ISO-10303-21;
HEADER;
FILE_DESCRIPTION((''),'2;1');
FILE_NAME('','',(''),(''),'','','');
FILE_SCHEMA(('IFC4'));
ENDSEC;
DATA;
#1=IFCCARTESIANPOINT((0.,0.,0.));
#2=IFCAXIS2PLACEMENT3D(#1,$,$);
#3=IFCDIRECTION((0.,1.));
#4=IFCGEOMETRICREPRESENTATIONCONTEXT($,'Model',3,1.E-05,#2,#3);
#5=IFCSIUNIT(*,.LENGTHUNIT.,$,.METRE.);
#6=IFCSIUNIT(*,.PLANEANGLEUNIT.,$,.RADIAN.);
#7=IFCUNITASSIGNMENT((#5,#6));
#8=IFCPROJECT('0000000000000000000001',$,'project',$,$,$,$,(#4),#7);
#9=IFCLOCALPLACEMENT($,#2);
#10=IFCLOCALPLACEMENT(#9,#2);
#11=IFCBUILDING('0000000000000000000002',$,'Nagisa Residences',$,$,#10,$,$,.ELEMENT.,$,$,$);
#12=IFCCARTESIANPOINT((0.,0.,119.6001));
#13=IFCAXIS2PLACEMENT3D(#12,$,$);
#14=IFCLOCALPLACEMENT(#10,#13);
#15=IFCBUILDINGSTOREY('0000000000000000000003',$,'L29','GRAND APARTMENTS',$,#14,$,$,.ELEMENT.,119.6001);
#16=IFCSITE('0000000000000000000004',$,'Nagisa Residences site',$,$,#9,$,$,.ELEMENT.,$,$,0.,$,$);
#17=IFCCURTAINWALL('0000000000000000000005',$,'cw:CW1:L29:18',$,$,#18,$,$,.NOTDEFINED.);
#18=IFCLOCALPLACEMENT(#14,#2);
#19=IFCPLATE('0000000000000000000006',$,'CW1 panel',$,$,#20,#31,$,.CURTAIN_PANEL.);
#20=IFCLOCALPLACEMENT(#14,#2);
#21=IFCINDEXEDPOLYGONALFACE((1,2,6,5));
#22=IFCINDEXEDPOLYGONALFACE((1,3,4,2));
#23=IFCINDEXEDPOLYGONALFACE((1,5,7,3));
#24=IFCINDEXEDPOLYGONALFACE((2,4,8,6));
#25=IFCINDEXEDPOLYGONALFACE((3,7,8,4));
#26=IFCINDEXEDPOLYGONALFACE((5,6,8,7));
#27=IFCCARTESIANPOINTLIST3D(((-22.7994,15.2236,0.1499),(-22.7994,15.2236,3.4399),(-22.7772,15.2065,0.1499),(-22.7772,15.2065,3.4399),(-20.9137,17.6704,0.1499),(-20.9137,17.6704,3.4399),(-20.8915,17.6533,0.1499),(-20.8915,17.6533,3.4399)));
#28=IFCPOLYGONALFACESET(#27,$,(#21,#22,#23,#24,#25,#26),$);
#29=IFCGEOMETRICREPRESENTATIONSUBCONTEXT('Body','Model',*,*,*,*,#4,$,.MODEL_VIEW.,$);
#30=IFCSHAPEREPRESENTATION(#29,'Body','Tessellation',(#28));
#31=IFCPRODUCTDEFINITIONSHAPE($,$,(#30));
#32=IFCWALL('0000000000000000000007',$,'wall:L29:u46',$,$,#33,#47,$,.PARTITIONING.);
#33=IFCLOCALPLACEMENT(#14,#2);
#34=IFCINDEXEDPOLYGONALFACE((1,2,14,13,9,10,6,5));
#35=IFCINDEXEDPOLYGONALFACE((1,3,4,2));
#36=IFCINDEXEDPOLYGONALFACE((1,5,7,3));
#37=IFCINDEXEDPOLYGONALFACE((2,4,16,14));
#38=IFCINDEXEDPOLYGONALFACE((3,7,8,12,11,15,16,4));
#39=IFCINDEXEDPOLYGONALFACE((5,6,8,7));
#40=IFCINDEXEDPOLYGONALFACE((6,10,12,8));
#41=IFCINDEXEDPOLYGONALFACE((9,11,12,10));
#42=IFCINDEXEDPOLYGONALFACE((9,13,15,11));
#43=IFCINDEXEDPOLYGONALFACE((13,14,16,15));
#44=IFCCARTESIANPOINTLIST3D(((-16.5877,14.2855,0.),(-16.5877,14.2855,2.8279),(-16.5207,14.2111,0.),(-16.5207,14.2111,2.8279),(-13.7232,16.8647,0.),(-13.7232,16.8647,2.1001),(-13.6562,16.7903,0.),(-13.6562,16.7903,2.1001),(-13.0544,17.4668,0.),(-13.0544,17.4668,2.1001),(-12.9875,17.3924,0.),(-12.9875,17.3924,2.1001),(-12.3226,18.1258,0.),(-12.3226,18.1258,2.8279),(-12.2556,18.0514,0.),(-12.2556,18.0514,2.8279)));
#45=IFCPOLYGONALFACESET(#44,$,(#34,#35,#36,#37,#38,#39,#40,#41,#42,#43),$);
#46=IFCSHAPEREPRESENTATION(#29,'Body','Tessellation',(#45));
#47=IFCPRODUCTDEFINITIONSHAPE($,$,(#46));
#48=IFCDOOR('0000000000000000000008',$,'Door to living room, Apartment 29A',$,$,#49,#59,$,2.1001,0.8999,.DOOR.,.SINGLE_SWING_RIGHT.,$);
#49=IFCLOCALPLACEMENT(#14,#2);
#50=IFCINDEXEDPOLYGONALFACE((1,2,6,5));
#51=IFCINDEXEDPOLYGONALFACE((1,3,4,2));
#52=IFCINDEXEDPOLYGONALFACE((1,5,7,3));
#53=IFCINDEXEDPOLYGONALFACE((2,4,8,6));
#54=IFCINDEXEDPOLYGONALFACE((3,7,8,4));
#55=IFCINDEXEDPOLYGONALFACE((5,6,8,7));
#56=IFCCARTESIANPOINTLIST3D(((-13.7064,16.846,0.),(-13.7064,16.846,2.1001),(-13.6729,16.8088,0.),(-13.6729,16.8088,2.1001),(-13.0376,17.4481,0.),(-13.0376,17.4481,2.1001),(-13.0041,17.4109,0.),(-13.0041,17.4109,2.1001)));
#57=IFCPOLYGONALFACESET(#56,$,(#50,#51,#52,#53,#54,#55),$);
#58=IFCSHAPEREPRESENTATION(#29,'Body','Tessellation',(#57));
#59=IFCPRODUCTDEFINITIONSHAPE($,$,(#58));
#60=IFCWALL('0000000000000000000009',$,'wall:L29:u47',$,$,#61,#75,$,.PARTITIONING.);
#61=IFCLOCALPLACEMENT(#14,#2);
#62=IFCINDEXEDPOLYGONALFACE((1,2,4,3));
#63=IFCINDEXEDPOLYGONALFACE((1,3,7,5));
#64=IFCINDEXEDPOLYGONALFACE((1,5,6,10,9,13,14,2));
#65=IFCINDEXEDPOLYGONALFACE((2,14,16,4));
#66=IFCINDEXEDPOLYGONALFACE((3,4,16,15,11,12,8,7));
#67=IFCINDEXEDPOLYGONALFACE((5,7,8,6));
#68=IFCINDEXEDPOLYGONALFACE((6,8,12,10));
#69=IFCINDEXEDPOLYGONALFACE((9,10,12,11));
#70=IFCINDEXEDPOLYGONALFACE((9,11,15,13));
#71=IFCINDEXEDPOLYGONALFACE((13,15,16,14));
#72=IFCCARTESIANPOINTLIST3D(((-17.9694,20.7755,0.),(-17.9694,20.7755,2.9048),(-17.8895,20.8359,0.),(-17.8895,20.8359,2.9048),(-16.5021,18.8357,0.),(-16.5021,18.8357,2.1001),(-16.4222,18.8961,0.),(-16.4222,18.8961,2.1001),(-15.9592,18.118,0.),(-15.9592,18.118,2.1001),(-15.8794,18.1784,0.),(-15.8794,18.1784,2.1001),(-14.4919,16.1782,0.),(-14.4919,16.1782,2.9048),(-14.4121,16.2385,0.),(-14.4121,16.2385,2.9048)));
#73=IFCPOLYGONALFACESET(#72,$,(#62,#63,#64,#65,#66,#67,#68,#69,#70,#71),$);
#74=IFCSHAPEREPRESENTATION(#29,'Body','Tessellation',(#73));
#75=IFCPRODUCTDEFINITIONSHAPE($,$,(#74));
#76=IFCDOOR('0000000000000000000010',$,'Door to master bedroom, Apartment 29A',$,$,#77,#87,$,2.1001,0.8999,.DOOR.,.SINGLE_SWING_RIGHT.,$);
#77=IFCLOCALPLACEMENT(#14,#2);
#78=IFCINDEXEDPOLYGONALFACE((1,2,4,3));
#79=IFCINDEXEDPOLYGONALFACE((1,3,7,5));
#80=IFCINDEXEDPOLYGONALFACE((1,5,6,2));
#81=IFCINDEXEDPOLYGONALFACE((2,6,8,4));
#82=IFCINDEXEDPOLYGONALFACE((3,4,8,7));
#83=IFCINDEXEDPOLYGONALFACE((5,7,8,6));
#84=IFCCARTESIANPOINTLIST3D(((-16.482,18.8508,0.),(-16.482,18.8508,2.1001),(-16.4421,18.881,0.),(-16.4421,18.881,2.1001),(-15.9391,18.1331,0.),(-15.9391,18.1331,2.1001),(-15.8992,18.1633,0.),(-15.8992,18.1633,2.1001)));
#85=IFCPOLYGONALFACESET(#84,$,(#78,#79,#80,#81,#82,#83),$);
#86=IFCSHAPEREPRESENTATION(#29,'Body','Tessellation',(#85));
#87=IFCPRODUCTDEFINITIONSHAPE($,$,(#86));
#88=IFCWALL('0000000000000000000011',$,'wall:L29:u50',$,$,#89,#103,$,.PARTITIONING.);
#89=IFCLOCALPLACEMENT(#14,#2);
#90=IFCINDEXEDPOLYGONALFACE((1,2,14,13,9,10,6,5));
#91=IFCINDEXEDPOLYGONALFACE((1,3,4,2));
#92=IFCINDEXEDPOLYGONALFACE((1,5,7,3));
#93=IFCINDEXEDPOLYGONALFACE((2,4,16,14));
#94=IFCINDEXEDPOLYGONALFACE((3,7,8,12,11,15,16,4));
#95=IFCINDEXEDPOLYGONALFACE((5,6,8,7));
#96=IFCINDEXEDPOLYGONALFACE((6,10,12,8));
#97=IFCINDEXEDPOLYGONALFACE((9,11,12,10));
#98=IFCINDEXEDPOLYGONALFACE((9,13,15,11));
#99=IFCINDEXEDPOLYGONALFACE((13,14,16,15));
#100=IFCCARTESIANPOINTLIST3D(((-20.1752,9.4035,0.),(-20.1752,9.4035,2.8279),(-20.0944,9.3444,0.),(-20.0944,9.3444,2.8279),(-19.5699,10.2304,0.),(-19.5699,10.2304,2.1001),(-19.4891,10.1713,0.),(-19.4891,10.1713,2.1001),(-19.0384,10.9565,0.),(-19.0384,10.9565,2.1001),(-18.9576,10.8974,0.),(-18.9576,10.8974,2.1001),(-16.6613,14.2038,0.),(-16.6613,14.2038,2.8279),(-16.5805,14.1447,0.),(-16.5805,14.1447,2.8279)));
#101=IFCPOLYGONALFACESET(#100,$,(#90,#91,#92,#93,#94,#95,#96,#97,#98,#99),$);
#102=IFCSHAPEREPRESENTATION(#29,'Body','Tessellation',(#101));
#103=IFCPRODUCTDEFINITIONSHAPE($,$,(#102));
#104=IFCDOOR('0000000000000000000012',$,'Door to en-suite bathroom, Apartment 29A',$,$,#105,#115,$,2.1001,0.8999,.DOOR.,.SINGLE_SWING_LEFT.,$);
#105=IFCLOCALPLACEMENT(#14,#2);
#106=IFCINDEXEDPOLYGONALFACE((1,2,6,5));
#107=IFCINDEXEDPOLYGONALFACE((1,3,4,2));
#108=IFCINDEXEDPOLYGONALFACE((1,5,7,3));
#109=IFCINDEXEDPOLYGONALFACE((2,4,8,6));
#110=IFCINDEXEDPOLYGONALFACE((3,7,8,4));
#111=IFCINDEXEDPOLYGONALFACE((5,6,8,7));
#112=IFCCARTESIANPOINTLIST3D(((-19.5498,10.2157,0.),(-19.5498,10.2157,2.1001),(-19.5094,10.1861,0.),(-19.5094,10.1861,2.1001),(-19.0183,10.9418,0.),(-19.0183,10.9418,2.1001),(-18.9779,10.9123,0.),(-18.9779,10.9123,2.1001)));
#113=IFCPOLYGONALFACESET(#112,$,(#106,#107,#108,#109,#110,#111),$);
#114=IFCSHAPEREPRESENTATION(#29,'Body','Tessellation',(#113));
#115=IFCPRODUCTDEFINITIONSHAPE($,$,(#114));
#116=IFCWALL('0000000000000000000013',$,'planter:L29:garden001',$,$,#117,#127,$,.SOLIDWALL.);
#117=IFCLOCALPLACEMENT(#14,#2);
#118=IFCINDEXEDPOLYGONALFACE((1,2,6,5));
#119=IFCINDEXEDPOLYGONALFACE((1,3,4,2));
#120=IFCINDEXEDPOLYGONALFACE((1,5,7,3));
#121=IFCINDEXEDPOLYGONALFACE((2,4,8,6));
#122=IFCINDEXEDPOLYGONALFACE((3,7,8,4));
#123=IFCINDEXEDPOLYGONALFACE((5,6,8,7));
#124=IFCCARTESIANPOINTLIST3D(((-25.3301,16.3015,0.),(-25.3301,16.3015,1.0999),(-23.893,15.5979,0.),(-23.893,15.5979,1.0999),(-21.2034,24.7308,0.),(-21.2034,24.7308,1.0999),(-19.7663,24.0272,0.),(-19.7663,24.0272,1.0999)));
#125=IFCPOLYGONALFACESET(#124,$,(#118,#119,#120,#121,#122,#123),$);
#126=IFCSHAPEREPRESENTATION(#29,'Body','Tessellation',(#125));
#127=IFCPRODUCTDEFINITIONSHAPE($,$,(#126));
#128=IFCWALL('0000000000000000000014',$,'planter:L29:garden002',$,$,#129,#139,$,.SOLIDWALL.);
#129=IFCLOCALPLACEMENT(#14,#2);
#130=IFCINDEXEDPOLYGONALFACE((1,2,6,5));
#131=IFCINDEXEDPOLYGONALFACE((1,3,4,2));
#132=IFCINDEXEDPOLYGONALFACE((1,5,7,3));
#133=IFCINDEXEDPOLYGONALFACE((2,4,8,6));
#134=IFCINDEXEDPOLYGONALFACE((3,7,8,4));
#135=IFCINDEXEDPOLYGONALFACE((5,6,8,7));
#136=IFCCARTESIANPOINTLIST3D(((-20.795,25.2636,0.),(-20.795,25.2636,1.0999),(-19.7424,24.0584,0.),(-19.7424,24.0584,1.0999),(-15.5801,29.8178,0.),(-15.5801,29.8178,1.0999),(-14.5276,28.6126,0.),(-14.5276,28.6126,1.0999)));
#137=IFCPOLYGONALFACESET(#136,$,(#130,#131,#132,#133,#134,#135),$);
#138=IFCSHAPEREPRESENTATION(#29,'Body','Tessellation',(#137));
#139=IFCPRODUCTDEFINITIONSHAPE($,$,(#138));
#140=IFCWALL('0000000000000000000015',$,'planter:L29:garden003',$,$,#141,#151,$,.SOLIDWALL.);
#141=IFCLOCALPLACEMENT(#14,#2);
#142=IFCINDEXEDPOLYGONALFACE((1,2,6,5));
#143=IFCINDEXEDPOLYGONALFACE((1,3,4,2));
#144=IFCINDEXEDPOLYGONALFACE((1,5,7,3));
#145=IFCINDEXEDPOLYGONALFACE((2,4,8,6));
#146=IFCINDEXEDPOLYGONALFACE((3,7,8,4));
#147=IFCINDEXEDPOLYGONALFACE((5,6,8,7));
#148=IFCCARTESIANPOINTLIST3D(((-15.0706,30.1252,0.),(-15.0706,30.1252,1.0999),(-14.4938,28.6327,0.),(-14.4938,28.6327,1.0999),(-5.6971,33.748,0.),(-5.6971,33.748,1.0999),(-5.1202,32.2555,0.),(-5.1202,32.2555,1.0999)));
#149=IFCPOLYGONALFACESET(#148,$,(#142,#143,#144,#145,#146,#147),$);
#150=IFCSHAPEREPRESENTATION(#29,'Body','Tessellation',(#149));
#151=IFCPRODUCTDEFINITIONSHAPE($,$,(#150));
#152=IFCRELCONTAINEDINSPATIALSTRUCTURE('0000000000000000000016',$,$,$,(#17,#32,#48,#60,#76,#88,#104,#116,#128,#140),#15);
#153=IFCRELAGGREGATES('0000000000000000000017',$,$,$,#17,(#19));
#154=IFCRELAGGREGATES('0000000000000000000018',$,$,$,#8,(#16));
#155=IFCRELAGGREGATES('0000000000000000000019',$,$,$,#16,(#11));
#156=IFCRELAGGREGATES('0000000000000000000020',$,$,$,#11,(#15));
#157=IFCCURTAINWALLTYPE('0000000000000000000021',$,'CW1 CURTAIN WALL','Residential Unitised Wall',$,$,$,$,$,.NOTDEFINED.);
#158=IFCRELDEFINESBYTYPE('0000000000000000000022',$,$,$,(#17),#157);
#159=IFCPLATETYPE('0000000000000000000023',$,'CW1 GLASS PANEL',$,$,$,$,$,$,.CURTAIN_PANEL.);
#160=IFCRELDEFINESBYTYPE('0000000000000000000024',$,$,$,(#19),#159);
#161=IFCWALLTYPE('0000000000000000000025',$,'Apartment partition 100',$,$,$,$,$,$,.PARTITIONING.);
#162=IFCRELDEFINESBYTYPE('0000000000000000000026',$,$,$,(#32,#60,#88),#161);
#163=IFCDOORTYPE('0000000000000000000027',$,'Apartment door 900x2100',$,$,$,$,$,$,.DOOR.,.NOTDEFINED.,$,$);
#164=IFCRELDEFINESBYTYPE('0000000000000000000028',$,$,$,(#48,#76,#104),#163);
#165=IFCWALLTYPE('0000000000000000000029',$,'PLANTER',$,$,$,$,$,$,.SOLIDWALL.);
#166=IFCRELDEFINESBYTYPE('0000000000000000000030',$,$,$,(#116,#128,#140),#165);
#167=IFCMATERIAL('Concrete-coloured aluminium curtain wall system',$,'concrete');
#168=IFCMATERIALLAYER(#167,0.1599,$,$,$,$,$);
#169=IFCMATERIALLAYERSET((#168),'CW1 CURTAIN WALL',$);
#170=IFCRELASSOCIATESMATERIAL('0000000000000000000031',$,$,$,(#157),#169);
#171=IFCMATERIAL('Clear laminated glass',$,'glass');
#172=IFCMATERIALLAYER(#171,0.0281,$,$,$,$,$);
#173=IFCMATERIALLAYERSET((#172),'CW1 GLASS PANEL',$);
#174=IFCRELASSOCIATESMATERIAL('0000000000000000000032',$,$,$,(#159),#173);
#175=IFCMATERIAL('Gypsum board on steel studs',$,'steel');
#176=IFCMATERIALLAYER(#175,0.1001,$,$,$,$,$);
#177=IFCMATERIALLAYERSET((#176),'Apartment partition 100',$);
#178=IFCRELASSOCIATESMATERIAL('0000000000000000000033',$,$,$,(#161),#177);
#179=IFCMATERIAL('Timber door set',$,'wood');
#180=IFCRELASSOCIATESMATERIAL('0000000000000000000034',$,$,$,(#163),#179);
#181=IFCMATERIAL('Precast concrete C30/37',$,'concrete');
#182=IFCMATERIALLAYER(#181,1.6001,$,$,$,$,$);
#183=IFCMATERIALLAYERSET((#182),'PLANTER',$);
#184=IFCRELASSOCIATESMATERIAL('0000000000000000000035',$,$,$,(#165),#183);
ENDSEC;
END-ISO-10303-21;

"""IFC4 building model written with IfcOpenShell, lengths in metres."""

from ifc_helpers import new_model, si_unit, direction, frame, frame_2d, origin, origin_2d, place, context, subcontext, project, spatial, rectangle, extrude, material, layer, layer_set, type_object, element, fill, aggregate, save


model = new_model("IFC4")

# Units and contexts
model_context = context("Model", 3, precision=1e-05, world=origin(), true_north=direction((0.0, 1.0)))
body_context = subcontext(model_context, "Body", "Model", "MODEL_VIEW")
ifc_project = project(units=[si_unit("LENGTHUNIT", "METRE"), si_unit("PLANEANGLEUNIT", "RADIAN")], contexts=[model_context])

# Site, building, storey
site_placement = place(None, origin())
site = spatial("IfcSite", under=ifc_project, at=site_placement, Name="Nagisa Residences site", CompositionType="ELEMENT", RefElevation=0.0)
building_placement = place(site_placement, origin())
building = spatial("IfcBuilding", under=site, at=building_placement, Name="Nagisa Residences", CompositionType="ELEMENT")
storey_placement = place(building_placement, frame((0.0, 0.0, 119.6001)))
storey = spatial("IfcBuildingStorey", under=building, at=storey_placement, Name="L29", Description="GRAND APARTMENTS", CompositionType="ELEMENT", Elevation=119.6001)

# Curtain wall
ifc_material_1 = material(Name="Concrete-coloured aluminium curtain wall system", Category="concrete")
ifc_layer_1 = layer(ifc_material_1, 0.1599)
ifc_layer_set_1 = layer_set([ifc_layer_1], Name="CW1 CURTAIN WALL")
curtain_wall_type = type_object("IfcCurtainWallType", Name="CW1 CURTAIN WALL", Description="Residential Unitised Wall", PredefinedType="NOTDEFINED", material=ifc_layer_set_1)
curtain_wall_1_placement = place(storey_placement, origin())
curtain_wall_1 = element("IfcCurtainWall", 1, at=curtain_wall_1_placement, inside=storey, type_object=curtain_wall_type, Name="cw:CW1:L29:18", PredefinedType="NOTDEFINED")

# Plate
ifc_material_2 = material(Name="Clear laminated glass", Category="glass")
ifc_layer_2 = layer(ifc_material_2, 0.0281)
ifc_layer_set_2 = layer_set([ifc_layer_2], Name="CW1 GLASS PANEL")
plate_type = type_object("IfcPlateType", Name="CW1 GLASS PANEL", PredefinedType="CURTAIN_PANEL", material=ifc_layer_set_2)
plate_1_placement = place(storey_placement, frame((-21.8455, 16.4385, 0.1499), z_axis=(0.0, 0.0, 1.0), x_axis=(-0.61043, -0.79207, 0.0)))
plate_1 = element("IfcPlate", 2, at=plate_1_placement, type_object=plate_type, Name="CW1 panel", PredefinedType="CURTAIN_PANEL", context=body_context, shape_type="SweptSolid", body=[
    extrude(rectangle(XDim=3.0891, YDim=0.0281, at=origin_2d()), origin(), (0.0, 0.0, 1.0), 3.29),
])
aggregate(curtain_wall_1, [plate_1])

# Walls, openings, doors
ifc_material_3 = material(Name="Gypsum board on steel studs", Category="steel")
ifc_layer_3 = layer(ifc_material_3, 0.1001)
ifc_layer_set_3 = layer_set([ifc_layer_3], Name="Apartment partition 100")
wall_type_1 = type_object("IfcWallType", Name="Apartment partition 100", PredefinedType="PARTITIONING", material=ifc_layer_set_3)
wall_1_placement = place(storey_placement, frame((-12.2891, 18.0886, 0.0), z_axis=(0.0, 0.0, 1.0), x_axis=(-0.743146, -0.669129, 0.0)))
wall_1 = element("IfcWall", 3, at=wall_1_placement, inside=storey, type_object=wall_type_1, Name="wall:L29:u46", PredefinedType="PARTITIONING", context=body_context, shape_type="SweptSolid", body=[
    extrude(rectangle(XDim=5.7393, YDim=0.1001, at=frame_2d((2.8696, 0.0))), origin(), (0.0, 0.0, 1.0), 2.8279),
])
opening_1_placement = place(wall_1_placement, frame((0.9849, 0.0, 0.0)))
opening_1 = element("IfcOpeningElement", 4, at=opening_1_placement, cuts=wall_1, PredefinedType="OPENING", context=body_context, shape_type="SweptSolid", body=[
    extrude(rectangle(XDim=0.8999, YDim=2.1001, at=frame_2d((0.45, 1.05))), frame((0.0, 0.0601, 0.0), z_axis=(0.0, -1.0, 0.0), x_axis=(1.0, 0.0, 0.0)), (0.0, 0.0, 1.0), 0.1201),
])
ifc_material_4 = material(Name="Timber door set", Category="wood")
door_type_1 = type_object("IfcDoorType", Name="Apartment door 900x2100", OperationType="NOTDEFINED", PredefinedType="DOOR", material=ifc_material_4)
door_1_placement = place(opening_1_placement, frame((0.8999, 0.0, 0.0), x_axis=(-1.0, 0.0, 0.0)))
door_1 = element("IfcDoor", 5, at=door_1_placement, inside=storey, type_object=door_type_1, Name="Door to living room, Apartment 29A", OperationType="SINGLE_SWING_RIGHT", OverallHeight=2.1001, OverallWidth=0.8999, PredefinedType="DOOR", context=body_context, shape_type="SweptSolid", body=[
    extrude(rectangle(XDim=0.8999, YDim=2.1001, at=frame_2d((0.45, 1.05))), frame((0.0, 0.0249, 0.0), z_axis=(0.0, -1.0, 0.0), x_axis=(1.0, 0.0, 0.0)), (0.0, 0.0, 1.0), 0.05),
])
fill(opening_1, door_1)
wall_2_placement = place(storey_placement, frame((-14.4519, 16.2083, 0.0), z_axis=(0.0, 0.0, 1.0), x_axis=(-0.603268, 0.797539, 0.0)))
wall_2 = element("IfcWall", 6, at=wall_2_placement, inside=storey, type_object=wall_type_1, Name="wall:L29:u47", PredefinedType="PARTITIONING", context=body_context, shape_type="SweptSolid", body=[
    extrude(rectangle(XDim=5.7644, YDim=0.1001, at=frame_2d((2.8823, 0.0))), origin(), (0.0, 0.0, 1.0), 2.9048),
])
opening_2_placement = place(wall_2_placement, frame((2.4324, 0.0, 0.0)))
opening_2 = element("IfcOpeningElement", 7, at=opening_2_placement, cuts=wall_2, PredefinedType="OPENING", context=body_context, shape_type="SweptSolid", body=[
    extrude(rectangle(XDim=0.8999, YDim=2.1001, at=frame_2d((0.45, 1.05))), frame((0.0, 0.0601, 0.0), z_axis=(0.0, -1.0, 0.0), x_axis=(1.0, 0.0, 0.0)), (0.0, 0.0, 1.0), 0.1201),
])
door_2_placement = place(opening_2_placement, origin())
door_2 = element("IfcDoor", 8, at=door_2_placement, inside=storey, type_object=door_type_1, Name="Door to master bedroom, Apartment 29A", OperationType="SINGLE_SWING_RIGHT", OverallHeight=2.1001, OverallWidth=0.8999, PredefinedType="DOOR", context=body_context, shape_type="SweptSolid", body=[
    extrude(rectangle(XDim=0.8999, YDim=2.1001, at=frame_2d((0.45, 1.05))), frame((0.0, 0.0249, 0.0), z_axis=(0.0, -1.0, 0.0), x_axis=(1.0, 0.0, 0.0)), (0.0, 0.0, 1.0), 0.05),
])
fill(opening_2, door_2)
wall_3_placement = place(storey_placement, frame((-16.6208, 14.1743, 0.0), z_axis=(0.0, 0.0, 1.0), x_axis=(-0.590675, -0.80691, 0.0)))
wall_3 = element("IfcWall", 9, at=wall_3_placement, inside=storey, type_object=wall_type_1, Name="wall:L29:u50", PredefinedType="PARTITIONING", context=body_context, shape_type="SweptSolid", body=[
    extrude(rectangle(XDim=5.949, YDim=0.1001, at=frame_2d((2.9746, 0.0))), origin(), (0.0, 0.0, 1.0), 2.8279),
])
opening_3_placement = place(wall_3_placement, frame((4.0244, 0.0, 0.0)))
opening_3 = element("IfcOpeningElement", 10, at=opening_3_placement, cuts=wall_3, PredefinedType="OPENING", context=body_context, shape_type="SweptSolid", body=[
    extrude(rectangle(XDim=0.8999, YDim=2.1001, at=frame_2d((0.45, 1.05))), frame((0.0, 0.0601, 0.0), z_axis=(0.0, -1.0, 0.0), x_axis=(1.0, 0.0, 0.0)), (0.0, 0.0, 1.0), 0.1201),
])
door_3_placement = place(opening_3_placement, origin())
door_3 = element("IfcDoor", 11, at=door_3_placement, inside=storey, type_object=door_type_1, Name="Door to en-suite bathroom, Apartment 29A", OperationType="SINGLE_SWING_LEFT", OverallHeight=2.1001, OverallWidth=0.8999, PredefinedType="DOOR", context=body_context, shape_type="SweptSolid", body=[
    extrude(rectangle(XDim=0.8999, YDim=2.1001, at=frame_2d((0.45, 1.05))), frame((0.0, 0.0249, 0.0), z_axis=(0.0, -1.0, 0.0), x_axis=(1.0, 0.0, 0.0)), (0.0, 0.0, 1.0), 0.05),
])
fill(opening_3, door_3)

# Walls
ifc_material_5 = material(Name="Precast concrete C30/37", Category="concrete")
ifc_layer_4 = layer(ifc_material_5, 1.6001)
ifc_layer_set_4 = layer_set([ifc_layer_4], Name="PLANTER")
wall_type_2 = type_object("IfcWallType", Name="PLANTER", PredefinedType="SOLIDWALL", material=ifc_layer_set_4)
wall_4_placement = place(storey_placement, frame((-24.6116, 15.9497, 0.0), z_axis=(0.0, 0.0, 1.0), x_axis=(0.439706, 0.898142, 0.0)))
element("IfcWall", 12, at=wall_4_placement, inside=storey, type_object=wall_type_2, Name="planter:L29:garden001", PredefinedType="SOLIDWALL", context=body_context, shape_type="SweptSolid", body=[
    extrude(rectangle(XDim=9.3853, YDim=1.6001, at=frame_2d((4.6926, 0.0))), origin(), (0.0, 0.0, 1.0), 1.0999),
])
wall_5_placement = place(storey_placement, frame((-20.2688, 24.6609, 0.0), z_axis=(0.0, 0.0, 1.0), x_axis=(0.753205, 0.657785, 0.0)))
element("IfcWall", 13, at=wall_5_placement, inside=storey, type_object=wall_type_2, Name="planter:L29:garden002", PredefinedType="SOLIDWALL", context=body_context, shape_type="SweptSolid", body=[
    extrude(rectangle(XDim=6.9236, YDim=1.6001, at=frame_2d((3.4619, 0.0))), origin(), (0.0, 0.0, 1.0), 1.0999),
])
wall_6_placement = place(storey_placement, frame((-14.7822, 29.3789, 0.0), z_axis=(0.0, 0.0, 1.0), x_axis=(0.932758, 0.360504, 0.0)))
element("IfcWall", 14, at=wall_6_placement, inside=storey, type_object=wall_type_2, Name="planter:L29:garden003", PredefinedType="SOLIDWALL", context=body_context, shape_type="SweptSolid", body=[
    extrude(rectangle(XDim=10.0493, YDim=1.6001, at=frame_2d((5.0247, 0.0))), origin(), (0.0, 0.0, 1.0), 1.0999),
])

save(model, "model.ifc")
